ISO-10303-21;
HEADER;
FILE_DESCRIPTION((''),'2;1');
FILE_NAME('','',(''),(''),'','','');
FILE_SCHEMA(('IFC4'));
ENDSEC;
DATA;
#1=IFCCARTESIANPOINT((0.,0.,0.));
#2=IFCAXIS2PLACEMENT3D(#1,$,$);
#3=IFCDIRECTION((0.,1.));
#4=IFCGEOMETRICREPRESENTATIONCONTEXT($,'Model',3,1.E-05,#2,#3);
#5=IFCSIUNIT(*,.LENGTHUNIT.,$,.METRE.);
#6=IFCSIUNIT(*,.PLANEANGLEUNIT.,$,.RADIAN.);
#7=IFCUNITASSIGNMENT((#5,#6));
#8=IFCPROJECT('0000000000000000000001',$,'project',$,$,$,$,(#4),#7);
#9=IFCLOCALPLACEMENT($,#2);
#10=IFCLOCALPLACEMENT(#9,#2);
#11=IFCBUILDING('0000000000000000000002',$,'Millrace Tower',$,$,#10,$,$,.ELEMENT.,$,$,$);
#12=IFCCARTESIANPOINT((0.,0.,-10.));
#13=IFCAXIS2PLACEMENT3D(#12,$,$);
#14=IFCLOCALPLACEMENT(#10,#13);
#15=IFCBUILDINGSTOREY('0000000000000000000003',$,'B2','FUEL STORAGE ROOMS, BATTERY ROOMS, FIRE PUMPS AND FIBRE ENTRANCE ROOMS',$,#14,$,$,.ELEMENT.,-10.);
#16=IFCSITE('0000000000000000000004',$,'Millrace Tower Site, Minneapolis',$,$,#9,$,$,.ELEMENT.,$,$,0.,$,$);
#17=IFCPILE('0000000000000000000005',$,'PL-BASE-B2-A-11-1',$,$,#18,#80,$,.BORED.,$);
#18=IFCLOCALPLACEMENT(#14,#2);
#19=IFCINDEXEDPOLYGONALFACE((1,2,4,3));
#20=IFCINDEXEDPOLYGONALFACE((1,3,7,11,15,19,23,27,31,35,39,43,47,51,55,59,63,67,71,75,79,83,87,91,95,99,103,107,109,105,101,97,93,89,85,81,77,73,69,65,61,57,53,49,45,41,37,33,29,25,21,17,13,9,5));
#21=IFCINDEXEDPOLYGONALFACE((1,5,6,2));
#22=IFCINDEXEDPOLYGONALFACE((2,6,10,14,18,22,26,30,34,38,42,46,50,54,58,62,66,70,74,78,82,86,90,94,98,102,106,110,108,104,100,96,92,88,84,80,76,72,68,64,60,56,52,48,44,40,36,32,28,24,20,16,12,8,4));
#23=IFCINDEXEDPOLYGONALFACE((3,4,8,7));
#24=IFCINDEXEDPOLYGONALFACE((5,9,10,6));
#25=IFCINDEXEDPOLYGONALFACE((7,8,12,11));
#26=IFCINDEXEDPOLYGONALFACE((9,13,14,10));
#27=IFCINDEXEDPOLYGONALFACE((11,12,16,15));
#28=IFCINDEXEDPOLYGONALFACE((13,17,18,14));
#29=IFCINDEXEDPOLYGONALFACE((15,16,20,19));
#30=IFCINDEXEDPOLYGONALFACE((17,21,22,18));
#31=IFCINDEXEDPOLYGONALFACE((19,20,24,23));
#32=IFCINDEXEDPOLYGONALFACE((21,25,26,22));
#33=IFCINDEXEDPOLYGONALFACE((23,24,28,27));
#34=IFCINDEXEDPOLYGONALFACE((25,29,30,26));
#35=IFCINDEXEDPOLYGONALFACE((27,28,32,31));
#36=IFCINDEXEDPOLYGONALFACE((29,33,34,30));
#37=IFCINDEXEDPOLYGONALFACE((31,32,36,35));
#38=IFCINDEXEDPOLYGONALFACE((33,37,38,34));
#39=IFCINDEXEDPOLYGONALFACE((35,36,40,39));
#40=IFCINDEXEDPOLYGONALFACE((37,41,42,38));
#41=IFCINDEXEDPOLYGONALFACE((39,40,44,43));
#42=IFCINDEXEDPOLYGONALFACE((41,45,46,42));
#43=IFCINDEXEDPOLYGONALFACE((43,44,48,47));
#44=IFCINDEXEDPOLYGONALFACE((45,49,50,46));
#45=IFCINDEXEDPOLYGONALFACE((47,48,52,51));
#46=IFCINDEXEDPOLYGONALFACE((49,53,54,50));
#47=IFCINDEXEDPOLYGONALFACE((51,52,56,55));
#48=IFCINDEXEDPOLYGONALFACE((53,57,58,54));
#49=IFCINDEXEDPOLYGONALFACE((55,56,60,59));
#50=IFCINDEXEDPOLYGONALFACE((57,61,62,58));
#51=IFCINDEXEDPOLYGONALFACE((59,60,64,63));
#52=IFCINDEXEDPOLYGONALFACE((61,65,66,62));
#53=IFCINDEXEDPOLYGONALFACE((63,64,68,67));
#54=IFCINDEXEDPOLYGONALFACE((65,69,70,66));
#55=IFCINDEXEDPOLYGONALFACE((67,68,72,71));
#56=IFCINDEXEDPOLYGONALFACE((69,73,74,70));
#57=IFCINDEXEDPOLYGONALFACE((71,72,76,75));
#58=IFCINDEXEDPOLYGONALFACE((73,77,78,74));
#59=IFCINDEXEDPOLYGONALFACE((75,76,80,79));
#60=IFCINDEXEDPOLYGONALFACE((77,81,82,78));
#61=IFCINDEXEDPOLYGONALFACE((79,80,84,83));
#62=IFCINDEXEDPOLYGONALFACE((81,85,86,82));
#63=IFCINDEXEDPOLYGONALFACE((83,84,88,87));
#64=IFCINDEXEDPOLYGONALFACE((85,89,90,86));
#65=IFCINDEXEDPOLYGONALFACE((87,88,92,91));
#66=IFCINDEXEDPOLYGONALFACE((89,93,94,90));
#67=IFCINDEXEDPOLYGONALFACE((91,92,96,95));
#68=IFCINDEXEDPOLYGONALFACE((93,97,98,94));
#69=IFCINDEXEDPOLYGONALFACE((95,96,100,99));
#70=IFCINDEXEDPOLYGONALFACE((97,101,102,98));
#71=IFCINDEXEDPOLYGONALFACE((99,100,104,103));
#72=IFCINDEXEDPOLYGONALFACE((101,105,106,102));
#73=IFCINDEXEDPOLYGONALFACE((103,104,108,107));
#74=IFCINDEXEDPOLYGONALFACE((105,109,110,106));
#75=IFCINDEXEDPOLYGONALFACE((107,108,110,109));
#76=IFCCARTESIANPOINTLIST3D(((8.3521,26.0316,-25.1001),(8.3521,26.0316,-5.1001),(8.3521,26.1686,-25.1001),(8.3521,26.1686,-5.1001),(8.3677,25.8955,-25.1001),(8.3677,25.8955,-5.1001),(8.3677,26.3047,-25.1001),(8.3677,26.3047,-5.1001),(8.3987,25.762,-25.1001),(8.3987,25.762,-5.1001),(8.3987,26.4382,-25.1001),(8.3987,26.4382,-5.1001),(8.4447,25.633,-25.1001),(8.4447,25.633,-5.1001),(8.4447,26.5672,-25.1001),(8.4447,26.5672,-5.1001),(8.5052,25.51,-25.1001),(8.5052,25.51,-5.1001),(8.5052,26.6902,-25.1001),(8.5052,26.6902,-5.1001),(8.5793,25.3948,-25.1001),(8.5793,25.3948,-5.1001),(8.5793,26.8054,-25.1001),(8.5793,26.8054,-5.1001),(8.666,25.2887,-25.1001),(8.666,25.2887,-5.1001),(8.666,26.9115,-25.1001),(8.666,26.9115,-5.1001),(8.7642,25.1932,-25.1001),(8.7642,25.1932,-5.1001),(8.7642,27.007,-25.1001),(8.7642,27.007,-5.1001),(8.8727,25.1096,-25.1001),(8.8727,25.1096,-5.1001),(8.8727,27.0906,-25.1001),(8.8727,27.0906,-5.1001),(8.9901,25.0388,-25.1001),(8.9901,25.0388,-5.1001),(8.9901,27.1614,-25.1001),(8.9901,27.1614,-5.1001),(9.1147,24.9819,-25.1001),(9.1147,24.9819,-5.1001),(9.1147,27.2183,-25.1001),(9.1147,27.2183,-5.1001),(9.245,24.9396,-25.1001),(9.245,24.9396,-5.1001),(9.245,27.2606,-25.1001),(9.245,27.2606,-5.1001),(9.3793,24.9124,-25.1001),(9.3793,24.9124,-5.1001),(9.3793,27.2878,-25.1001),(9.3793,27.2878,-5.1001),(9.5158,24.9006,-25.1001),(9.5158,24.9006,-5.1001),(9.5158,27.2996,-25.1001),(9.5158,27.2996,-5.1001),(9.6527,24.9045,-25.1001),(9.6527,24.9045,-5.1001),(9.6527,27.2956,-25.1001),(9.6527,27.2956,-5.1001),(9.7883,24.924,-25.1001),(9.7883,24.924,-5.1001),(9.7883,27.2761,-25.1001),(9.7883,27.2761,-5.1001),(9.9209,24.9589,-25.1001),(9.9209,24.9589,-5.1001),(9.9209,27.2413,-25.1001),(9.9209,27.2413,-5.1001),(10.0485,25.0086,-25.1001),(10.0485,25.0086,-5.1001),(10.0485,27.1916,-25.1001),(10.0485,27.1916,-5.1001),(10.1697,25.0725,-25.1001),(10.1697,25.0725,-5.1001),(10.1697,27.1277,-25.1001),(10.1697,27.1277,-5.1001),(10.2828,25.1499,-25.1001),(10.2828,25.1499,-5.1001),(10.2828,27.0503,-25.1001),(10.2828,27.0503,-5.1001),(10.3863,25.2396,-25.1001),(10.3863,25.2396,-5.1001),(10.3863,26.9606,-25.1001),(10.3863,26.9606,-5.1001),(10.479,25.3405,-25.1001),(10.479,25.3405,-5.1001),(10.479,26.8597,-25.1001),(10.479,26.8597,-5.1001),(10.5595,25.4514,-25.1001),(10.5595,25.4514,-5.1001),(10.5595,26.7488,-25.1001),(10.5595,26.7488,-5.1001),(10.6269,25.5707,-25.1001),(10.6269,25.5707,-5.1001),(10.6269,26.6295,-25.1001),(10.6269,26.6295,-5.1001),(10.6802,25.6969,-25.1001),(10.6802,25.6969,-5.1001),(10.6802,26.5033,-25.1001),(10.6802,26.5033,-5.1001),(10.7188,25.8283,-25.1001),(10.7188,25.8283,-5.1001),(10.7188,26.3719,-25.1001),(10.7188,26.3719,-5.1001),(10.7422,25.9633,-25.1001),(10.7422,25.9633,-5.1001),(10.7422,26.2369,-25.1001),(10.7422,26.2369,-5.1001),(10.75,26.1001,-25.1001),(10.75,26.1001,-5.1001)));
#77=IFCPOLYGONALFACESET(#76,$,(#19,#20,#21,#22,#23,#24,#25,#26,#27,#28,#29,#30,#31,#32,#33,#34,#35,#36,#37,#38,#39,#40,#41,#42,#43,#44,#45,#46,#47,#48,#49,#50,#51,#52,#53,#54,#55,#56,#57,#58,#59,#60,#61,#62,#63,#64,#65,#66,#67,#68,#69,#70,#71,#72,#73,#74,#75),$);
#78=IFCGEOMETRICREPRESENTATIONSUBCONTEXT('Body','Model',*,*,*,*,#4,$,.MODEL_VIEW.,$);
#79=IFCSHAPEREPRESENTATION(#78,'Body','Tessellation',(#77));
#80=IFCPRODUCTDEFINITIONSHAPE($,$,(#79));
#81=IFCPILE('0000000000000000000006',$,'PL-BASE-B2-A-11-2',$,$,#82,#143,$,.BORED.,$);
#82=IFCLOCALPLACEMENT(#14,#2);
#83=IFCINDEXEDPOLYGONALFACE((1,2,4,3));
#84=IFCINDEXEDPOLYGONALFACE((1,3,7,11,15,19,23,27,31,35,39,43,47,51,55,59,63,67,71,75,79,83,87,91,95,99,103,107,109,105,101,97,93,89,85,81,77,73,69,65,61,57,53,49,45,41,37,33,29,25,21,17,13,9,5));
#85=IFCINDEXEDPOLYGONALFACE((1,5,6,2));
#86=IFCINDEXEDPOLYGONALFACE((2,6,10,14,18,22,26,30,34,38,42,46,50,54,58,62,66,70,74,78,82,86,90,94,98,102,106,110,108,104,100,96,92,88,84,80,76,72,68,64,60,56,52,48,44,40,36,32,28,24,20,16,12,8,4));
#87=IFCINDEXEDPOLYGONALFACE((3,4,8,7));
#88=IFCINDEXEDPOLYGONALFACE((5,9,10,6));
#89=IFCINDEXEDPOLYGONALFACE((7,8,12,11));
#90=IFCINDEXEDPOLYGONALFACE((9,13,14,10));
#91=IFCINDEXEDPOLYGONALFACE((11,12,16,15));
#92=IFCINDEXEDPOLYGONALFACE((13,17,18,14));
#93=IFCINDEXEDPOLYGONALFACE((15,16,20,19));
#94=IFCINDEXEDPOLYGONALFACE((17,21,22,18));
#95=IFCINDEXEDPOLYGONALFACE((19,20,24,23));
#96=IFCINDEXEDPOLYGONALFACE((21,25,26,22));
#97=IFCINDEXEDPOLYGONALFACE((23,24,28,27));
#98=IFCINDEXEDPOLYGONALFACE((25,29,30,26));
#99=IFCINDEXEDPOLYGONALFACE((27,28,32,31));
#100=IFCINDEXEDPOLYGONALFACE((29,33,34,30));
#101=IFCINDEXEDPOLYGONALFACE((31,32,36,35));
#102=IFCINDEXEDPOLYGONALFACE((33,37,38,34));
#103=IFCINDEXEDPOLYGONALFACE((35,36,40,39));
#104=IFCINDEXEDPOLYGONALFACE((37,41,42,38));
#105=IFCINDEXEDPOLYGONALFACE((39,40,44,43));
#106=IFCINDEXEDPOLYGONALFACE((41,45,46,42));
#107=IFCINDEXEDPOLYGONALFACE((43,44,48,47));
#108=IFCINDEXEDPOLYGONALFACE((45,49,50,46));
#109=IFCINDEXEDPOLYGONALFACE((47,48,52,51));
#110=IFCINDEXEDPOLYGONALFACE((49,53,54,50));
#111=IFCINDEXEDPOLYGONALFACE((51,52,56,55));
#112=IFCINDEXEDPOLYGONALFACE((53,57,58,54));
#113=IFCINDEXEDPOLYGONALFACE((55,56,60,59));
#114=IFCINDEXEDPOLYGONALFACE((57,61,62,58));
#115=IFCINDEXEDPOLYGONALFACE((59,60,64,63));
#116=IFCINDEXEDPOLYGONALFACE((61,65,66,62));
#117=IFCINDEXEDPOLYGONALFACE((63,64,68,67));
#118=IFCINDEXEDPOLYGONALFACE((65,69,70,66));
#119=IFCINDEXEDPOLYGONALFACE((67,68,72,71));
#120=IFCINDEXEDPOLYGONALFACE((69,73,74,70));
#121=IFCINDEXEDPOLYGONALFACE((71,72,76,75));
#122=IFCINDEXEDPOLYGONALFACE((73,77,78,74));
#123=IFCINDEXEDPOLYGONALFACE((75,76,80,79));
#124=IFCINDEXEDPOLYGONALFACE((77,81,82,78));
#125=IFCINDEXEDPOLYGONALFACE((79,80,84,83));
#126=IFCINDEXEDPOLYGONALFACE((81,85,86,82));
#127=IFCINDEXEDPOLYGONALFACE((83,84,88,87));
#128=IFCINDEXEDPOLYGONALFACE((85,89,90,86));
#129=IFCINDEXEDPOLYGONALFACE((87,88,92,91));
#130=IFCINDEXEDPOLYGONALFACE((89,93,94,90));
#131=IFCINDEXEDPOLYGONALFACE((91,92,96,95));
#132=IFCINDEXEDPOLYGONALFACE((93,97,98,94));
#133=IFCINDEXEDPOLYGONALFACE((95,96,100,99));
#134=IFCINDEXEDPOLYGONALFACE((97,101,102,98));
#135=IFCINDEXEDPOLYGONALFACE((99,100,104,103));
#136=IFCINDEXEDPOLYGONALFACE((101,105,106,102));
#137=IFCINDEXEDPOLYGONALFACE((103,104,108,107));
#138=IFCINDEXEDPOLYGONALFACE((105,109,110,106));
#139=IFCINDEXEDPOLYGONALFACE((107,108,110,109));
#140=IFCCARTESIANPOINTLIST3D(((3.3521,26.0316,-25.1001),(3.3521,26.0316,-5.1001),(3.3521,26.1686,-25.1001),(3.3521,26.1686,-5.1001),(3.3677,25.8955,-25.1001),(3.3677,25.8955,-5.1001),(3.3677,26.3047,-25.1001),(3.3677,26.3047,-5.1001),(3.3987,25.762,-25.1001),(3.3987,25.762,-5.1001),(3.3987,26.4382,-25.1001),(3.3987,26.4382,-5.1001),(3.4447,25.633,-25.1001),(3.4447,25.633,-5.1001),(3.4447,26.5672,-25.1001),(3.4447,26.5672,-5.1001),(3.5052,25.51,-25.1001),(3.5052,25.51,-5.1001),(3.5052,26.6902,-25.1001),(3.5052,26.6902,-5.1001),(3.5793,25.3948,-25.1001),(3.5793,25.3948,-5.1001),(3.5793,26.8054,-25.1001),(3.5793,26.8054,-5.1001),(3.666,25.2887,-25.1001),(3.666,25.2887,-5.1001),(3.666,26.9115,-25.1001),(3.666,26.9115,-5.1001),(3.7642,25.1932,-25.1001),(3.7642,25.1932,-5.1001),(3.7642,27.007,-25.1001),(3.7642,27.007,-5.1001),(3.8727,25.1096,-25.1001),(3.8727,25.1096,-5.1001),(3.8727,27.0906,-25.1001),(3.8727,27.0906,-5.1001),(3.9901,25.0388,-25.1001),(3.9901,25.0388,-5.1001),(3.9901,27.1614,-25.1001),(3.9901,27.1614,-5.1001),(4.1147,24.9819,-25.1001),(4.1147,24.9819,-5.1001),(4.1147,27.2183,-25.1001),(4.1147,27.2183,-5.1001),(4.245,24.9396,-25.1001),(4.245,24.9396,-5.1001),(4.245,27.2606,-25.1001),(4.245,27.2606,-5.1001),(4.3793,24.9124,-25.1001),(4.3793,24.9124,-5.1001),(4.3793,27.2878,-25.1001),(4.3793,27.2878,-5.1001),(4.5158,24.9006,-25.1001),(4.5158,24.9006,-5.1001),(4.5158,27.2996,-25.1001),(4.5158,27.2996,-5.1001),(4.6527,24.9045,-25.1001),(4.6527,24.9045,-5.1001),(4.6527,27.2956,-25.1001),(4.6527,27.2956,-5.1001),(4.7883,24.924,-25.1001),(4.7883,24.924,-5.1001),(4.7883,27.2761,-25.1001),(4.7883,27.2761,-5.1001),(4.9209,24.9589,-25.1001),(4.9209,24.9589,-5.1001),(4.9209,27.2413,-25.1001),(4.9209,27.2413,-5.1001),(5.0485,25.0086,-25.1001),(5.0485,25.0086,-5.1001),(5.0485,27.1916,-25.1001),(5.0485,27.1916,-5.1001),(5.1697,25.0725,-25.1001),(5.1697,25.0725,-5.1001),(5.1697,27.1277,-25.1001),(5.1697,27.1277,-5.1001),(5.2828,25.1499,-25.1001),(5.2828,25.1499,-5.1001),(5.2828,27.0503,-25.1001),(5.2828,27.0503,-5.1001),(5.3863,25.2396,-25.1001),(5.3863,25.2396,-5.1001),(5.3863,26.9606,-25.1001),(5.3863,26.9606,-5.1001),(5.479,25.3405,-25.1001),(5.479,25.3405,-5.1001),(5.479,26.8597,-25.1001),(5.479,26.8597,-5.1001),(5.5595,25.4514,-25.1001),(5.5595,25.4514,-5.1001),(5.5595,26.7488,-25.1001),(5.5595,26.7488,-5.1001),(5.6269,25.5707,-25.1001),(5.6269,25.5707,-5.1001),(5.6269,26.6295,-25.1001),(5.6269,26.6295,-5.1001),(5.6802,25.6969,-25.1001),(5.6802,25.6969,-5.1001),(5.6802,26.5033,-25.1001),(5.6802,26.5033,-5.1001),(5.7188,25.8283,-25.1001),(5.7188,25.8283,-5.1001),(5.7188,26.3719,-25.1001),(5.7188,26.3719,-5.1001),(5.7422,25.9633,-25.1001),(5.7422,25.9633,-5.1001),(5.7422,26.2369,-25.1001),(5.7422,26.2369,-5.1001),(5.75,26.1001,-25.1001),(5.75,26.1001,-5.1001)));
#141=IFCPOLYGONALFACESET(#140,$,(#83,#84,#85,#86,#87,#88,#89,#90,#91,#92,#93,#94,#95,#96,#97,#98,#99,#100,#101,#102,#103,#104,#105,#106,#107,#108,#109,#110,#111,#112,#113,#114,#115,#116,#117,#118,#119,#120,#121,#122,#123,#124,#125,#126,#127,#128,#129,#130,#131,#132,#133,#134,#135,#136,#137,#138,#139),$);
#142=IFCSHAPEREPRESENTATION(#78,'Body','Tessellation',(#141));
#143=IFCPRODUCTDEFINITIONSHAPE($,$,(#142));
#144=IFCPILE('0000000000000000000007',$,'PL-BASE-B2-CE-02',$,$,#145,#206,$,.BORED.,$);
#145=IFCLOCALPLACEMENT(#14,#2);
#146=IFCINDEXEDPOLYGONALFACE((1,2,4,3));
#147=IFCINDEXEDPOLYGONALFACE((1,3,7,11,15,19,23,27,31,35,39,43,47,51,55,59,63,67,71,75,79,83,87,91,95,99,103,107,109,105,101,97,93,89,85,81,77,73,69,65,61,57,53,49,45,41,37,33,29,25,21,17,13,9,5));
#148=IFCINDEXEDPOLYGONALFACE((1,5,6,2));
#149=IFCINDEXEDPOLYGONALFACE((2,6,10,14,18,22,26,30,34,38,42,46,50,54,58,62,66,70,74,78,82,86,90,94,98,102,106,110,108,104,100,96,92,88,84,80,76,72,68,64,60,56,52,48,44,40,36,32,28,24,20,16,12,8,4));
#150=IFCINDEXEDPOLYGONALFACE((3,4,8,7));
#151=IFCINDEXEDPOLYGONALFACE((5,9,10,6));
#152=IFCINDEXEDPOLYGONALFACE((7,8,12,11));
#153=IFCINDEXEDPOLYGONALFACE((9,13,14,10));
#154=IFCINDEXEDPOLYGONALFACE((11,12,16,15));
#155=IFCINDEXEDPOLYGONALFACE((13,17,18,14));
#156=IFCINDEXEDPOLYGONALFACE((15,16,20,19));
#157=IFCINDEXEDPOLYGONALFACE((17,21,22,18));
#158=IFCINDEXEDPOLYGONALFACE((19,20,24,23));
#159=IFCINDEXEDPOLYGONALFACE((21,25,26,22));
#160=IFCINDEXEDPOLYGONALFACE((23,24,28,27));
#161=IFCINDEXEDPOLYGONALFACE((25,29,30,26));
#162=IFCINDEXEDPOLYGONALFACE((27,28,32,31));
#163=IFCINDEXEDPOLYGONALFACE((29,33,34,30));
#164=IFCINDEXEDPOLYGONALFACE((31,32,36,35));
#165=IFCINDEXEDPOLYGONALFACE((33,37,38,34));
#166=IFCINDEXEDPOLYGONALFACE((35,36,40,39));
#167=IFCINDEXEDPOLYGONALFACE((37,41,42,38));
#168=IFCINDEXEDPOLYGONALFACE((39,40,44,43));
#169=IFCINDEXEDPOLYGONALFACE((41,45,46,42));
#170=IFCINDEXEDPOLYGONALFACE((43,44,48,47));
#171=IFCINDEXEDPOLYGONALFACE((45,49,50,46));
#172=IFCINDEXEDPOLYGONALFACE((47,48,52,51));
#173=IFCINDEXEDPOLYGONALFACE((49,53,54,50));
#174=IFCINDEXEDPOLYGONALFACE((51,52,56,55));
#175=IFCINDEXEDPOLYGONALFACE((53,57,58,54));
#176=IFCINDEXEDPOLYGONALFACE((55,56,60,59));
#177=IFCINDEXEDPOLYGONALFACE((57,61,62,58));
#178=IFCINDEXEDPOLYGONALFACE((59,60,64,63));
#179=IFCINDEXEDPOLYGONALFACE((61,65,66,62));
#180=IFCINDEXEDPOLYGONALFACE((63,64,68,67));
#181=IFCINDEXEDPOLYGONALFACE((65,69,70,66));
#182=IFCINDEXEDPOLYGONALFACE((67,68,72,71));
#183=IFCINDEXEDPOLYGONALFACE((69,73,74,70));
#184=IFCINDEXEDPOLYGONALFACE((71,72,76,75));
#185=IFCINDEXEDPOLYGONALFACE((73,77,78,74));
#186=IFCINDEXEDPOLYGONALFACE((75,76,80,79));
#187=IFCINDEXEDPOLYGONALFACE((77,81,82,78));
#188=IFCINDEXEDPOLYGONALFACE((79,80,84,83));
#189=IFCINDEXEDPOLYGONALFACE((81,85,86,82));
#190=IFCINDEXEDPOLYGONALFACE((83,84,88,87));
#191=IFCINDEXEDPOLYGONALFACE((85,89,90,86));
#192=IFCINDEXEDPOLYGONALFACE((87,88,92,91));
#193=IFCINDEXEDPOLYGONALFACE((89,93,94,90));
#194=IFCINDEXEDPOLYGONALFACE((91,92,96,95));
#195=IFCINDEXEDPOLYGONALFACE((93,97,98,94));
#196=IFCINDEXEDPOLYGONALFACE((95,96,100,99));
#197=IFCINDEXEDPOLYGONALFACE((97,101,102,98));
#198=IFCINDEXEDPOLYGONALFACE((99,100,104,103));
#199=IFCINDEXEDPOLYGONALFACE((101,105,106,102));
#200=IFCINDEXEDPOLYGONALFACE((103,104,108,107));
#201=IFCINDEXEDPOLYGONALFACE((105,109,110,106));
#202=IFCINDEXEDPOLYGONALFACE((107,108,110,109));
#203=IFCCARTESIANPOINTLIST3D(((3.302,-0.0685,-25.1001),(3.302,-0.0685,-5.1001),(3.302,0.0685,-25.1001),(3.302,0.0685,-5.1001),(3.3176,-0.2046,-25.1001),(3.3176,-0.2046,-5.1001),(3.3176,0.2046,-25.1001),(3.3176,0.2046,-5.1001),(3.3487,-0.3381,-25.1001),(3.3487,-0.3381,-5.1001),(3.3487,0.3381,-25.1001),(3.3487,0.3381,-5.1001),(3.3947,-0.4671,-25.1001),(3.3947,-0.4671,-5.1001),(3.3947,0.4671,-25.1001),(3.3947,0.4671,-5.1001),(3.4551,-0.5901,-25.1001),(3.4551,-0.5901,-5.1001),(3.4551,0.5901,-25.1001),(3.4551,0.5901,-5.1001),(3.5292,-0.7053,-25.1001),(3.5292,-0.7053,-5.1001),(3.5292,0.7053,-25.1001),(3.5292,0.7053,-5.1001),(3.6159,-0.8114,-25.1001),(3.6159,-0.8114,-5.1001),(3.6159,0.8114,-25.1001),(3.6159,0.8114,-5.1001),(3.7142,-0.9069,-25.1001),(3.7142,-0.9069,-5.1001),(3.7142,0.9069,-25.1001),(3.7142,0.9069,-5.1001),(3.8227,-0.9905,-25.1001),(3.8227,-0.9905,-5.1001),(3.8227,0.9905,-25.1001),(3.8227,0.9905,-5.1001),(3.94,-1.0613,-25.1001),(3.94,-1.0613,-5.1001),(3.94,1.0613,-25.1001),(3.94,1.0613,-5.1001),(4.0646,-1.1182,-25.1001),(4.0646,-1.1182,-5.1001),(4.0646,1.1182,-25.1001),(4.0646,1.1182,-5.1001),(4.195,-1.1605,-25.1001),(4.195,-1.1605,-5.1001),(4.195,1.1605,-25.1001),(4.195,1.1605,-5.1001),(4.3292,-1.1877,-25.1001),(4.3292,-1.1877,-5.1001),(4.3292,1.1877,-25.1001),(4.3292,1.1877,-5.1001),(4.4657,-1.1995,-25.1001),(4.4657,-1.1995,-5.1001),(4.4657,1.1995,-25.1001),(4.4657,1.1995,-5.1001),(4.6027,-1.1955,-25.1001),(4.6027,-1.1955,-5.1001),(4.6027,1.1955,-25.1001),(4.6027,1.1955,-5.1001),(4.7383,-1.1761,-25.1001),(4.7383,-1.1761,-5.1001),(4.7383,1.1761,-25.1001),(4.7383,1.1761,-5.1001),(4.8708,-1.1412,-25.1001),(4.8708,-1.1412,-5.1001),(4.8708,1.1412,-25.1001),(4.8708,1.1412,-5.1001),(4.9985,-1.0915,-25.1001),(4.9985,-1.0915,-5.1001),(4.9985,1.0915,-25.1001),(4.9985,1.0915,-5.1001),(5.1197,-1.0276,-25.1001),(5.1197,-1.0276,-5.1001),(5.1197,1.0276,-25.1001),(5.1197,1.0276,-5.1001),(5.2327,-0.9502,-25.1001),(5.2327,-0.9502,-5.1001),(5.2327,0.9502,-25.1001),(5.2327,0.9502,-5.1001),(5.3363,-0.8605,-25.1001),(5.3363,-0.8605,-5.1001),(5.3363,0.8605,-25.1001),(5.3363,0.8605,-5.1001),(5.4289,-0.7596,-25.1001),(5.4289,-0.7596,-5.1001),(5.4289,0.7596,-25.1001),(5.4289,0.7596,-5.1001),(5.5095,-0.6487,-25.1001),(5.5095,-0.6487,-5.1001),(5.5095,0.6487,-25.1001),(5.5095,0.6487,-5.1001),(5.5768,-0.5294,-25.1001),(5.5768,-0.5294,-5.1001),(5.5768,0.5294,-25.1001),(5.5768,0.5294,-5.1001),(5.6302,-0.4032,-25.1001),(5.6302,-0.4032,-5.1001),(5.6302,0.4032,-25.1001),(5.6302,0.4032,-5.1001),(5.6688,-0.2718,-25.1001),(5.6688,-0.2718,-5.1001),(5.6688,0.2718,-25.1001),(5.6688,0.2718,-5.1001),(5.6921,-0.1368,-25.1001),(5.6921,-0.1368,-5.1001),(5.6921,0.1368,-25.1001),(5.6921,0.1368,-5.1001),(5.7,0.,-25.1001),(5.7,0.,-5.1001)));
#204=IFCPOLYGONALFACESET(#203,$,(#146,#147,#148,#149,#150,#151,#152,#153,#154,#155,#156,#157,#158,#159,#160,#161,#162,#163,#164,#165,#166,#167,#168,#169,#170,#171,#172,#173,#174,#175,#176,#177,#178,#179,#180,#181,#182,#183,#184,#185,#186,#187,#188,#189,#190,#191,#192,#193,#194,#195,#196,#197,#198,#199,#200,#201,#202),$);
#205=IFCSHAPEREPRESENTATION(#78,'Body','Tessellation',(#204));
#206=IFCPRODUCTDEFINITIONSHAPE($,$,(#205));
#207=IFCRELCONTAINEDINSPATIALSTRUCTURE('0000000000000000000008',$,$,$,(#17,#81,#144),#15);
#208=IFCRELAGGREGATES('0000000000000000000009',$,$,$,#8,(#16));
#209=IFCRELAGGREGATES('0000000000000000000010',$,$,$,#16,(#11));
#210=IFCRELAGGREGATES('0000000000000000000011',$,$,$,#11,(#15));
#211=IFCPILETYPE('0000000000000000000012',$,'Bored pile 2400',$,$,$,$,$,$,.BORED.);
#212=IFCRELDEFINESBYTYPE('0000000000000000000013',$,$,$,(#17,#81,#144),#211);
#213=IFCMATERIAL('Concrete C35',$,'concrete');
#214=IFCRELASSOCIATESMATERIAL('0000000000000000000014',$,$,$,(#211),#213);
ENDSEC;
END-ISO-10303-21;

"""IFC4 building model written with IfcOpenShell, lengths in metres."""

from ifc_helpers import new_model, si_unit, direction, frame, origin, origin_2d, place, context, subcontext, project, spatial, circle, extrude, material, material_profile, profile_set, type_object, element, save


model = new_model("IFC4")

# Units and contexts
model_context = context("Model", 3, precision=1e-05, world=origin(), true_north=direction((0.0, 1.0)))
body_context = subcontext(model_context, "Body", "Model", "MODEL_VIEW")
ifc_project = project(units=[si_unit("LENGTHUNIT", "METRE"), si_unit("PLANEANGLEUNIT", "RADIAN")], contexts=[model_context])

# Site, building, storey
site_placement = place(None, origin())
site = spatial("IfcSite", under=ifc_project, at=site_placement, Name="Millrace Tower Site, Minneapolis", CompositionType="ELEMENT", RefElevation=0.0)
building_placement = place(site_placement, origin())
building = spatial("IfcBuilding", under=site, at=building_placement, Name="Millrace Tower", CompositionType="ELEMENT")
storey_placement = place(building_placement, frame((0.0, 0.0, -10.0)))
storey = spatial("IfcBuildingStorey", under=building, at=storey_placement, Name="B2", Description="FUEL STORAGE ROOMS, BATTERY ROOMS, FIRE PUMPS AND FIBRE ENTRANCE ROOMS", CompositionType="ELEMENT", Elevation=-10.0)

# Piles
ifc_material_1 = material(Name="Concrete C35", Category="concrete")
ifc_material_profile_1 = material_profile(ifc_material_1, circle(Radius=1.2, at=origin_2d()))
ifc_profile_set_1 = profile_set([ifc_material_profile_1], Name="Concrete C35")
pile_type = type_object("IfcPileType", Name="Bored pile 2400", PredefinedType="BORED", material=ifc_profile_set_1)
for number, where, z_axis, x_axis, name in (
    (1, (9.55, 26.1001, -5.1001), (0.0, 0.0, -1.0), (1.0, 0.0, 0.0), "PL-BASE-B2-A-11-1"),
    (2, (4.55, 26.1001, -5.1001), (0.0, 0.0, -1.0), (1.0, 0.0, 0.0), "PL-BASE-B2-A-11-2"),
    (3, (4.5, 0.0, -5.1001), (0.0, 0.0, -1.0), (1.0, 0.0, 0.0), "PL-BASE-B2-CE-02"),
):
    element("IfcPile", number, at=place(storey_placement, frame(where, z_axis=z_axis, x_axis=x_axis)), inside=storey, type_object=pile_type, Name=name, PredefinedType="BORED", context=body_context, shape_type="SweptSolid", body=[
        extrude(circle(Radius=1.2, at=origin_2d()), origin(), (0.0, 0.0, 1.0), 20.0),
    ])

save(model, "model.ifc")
